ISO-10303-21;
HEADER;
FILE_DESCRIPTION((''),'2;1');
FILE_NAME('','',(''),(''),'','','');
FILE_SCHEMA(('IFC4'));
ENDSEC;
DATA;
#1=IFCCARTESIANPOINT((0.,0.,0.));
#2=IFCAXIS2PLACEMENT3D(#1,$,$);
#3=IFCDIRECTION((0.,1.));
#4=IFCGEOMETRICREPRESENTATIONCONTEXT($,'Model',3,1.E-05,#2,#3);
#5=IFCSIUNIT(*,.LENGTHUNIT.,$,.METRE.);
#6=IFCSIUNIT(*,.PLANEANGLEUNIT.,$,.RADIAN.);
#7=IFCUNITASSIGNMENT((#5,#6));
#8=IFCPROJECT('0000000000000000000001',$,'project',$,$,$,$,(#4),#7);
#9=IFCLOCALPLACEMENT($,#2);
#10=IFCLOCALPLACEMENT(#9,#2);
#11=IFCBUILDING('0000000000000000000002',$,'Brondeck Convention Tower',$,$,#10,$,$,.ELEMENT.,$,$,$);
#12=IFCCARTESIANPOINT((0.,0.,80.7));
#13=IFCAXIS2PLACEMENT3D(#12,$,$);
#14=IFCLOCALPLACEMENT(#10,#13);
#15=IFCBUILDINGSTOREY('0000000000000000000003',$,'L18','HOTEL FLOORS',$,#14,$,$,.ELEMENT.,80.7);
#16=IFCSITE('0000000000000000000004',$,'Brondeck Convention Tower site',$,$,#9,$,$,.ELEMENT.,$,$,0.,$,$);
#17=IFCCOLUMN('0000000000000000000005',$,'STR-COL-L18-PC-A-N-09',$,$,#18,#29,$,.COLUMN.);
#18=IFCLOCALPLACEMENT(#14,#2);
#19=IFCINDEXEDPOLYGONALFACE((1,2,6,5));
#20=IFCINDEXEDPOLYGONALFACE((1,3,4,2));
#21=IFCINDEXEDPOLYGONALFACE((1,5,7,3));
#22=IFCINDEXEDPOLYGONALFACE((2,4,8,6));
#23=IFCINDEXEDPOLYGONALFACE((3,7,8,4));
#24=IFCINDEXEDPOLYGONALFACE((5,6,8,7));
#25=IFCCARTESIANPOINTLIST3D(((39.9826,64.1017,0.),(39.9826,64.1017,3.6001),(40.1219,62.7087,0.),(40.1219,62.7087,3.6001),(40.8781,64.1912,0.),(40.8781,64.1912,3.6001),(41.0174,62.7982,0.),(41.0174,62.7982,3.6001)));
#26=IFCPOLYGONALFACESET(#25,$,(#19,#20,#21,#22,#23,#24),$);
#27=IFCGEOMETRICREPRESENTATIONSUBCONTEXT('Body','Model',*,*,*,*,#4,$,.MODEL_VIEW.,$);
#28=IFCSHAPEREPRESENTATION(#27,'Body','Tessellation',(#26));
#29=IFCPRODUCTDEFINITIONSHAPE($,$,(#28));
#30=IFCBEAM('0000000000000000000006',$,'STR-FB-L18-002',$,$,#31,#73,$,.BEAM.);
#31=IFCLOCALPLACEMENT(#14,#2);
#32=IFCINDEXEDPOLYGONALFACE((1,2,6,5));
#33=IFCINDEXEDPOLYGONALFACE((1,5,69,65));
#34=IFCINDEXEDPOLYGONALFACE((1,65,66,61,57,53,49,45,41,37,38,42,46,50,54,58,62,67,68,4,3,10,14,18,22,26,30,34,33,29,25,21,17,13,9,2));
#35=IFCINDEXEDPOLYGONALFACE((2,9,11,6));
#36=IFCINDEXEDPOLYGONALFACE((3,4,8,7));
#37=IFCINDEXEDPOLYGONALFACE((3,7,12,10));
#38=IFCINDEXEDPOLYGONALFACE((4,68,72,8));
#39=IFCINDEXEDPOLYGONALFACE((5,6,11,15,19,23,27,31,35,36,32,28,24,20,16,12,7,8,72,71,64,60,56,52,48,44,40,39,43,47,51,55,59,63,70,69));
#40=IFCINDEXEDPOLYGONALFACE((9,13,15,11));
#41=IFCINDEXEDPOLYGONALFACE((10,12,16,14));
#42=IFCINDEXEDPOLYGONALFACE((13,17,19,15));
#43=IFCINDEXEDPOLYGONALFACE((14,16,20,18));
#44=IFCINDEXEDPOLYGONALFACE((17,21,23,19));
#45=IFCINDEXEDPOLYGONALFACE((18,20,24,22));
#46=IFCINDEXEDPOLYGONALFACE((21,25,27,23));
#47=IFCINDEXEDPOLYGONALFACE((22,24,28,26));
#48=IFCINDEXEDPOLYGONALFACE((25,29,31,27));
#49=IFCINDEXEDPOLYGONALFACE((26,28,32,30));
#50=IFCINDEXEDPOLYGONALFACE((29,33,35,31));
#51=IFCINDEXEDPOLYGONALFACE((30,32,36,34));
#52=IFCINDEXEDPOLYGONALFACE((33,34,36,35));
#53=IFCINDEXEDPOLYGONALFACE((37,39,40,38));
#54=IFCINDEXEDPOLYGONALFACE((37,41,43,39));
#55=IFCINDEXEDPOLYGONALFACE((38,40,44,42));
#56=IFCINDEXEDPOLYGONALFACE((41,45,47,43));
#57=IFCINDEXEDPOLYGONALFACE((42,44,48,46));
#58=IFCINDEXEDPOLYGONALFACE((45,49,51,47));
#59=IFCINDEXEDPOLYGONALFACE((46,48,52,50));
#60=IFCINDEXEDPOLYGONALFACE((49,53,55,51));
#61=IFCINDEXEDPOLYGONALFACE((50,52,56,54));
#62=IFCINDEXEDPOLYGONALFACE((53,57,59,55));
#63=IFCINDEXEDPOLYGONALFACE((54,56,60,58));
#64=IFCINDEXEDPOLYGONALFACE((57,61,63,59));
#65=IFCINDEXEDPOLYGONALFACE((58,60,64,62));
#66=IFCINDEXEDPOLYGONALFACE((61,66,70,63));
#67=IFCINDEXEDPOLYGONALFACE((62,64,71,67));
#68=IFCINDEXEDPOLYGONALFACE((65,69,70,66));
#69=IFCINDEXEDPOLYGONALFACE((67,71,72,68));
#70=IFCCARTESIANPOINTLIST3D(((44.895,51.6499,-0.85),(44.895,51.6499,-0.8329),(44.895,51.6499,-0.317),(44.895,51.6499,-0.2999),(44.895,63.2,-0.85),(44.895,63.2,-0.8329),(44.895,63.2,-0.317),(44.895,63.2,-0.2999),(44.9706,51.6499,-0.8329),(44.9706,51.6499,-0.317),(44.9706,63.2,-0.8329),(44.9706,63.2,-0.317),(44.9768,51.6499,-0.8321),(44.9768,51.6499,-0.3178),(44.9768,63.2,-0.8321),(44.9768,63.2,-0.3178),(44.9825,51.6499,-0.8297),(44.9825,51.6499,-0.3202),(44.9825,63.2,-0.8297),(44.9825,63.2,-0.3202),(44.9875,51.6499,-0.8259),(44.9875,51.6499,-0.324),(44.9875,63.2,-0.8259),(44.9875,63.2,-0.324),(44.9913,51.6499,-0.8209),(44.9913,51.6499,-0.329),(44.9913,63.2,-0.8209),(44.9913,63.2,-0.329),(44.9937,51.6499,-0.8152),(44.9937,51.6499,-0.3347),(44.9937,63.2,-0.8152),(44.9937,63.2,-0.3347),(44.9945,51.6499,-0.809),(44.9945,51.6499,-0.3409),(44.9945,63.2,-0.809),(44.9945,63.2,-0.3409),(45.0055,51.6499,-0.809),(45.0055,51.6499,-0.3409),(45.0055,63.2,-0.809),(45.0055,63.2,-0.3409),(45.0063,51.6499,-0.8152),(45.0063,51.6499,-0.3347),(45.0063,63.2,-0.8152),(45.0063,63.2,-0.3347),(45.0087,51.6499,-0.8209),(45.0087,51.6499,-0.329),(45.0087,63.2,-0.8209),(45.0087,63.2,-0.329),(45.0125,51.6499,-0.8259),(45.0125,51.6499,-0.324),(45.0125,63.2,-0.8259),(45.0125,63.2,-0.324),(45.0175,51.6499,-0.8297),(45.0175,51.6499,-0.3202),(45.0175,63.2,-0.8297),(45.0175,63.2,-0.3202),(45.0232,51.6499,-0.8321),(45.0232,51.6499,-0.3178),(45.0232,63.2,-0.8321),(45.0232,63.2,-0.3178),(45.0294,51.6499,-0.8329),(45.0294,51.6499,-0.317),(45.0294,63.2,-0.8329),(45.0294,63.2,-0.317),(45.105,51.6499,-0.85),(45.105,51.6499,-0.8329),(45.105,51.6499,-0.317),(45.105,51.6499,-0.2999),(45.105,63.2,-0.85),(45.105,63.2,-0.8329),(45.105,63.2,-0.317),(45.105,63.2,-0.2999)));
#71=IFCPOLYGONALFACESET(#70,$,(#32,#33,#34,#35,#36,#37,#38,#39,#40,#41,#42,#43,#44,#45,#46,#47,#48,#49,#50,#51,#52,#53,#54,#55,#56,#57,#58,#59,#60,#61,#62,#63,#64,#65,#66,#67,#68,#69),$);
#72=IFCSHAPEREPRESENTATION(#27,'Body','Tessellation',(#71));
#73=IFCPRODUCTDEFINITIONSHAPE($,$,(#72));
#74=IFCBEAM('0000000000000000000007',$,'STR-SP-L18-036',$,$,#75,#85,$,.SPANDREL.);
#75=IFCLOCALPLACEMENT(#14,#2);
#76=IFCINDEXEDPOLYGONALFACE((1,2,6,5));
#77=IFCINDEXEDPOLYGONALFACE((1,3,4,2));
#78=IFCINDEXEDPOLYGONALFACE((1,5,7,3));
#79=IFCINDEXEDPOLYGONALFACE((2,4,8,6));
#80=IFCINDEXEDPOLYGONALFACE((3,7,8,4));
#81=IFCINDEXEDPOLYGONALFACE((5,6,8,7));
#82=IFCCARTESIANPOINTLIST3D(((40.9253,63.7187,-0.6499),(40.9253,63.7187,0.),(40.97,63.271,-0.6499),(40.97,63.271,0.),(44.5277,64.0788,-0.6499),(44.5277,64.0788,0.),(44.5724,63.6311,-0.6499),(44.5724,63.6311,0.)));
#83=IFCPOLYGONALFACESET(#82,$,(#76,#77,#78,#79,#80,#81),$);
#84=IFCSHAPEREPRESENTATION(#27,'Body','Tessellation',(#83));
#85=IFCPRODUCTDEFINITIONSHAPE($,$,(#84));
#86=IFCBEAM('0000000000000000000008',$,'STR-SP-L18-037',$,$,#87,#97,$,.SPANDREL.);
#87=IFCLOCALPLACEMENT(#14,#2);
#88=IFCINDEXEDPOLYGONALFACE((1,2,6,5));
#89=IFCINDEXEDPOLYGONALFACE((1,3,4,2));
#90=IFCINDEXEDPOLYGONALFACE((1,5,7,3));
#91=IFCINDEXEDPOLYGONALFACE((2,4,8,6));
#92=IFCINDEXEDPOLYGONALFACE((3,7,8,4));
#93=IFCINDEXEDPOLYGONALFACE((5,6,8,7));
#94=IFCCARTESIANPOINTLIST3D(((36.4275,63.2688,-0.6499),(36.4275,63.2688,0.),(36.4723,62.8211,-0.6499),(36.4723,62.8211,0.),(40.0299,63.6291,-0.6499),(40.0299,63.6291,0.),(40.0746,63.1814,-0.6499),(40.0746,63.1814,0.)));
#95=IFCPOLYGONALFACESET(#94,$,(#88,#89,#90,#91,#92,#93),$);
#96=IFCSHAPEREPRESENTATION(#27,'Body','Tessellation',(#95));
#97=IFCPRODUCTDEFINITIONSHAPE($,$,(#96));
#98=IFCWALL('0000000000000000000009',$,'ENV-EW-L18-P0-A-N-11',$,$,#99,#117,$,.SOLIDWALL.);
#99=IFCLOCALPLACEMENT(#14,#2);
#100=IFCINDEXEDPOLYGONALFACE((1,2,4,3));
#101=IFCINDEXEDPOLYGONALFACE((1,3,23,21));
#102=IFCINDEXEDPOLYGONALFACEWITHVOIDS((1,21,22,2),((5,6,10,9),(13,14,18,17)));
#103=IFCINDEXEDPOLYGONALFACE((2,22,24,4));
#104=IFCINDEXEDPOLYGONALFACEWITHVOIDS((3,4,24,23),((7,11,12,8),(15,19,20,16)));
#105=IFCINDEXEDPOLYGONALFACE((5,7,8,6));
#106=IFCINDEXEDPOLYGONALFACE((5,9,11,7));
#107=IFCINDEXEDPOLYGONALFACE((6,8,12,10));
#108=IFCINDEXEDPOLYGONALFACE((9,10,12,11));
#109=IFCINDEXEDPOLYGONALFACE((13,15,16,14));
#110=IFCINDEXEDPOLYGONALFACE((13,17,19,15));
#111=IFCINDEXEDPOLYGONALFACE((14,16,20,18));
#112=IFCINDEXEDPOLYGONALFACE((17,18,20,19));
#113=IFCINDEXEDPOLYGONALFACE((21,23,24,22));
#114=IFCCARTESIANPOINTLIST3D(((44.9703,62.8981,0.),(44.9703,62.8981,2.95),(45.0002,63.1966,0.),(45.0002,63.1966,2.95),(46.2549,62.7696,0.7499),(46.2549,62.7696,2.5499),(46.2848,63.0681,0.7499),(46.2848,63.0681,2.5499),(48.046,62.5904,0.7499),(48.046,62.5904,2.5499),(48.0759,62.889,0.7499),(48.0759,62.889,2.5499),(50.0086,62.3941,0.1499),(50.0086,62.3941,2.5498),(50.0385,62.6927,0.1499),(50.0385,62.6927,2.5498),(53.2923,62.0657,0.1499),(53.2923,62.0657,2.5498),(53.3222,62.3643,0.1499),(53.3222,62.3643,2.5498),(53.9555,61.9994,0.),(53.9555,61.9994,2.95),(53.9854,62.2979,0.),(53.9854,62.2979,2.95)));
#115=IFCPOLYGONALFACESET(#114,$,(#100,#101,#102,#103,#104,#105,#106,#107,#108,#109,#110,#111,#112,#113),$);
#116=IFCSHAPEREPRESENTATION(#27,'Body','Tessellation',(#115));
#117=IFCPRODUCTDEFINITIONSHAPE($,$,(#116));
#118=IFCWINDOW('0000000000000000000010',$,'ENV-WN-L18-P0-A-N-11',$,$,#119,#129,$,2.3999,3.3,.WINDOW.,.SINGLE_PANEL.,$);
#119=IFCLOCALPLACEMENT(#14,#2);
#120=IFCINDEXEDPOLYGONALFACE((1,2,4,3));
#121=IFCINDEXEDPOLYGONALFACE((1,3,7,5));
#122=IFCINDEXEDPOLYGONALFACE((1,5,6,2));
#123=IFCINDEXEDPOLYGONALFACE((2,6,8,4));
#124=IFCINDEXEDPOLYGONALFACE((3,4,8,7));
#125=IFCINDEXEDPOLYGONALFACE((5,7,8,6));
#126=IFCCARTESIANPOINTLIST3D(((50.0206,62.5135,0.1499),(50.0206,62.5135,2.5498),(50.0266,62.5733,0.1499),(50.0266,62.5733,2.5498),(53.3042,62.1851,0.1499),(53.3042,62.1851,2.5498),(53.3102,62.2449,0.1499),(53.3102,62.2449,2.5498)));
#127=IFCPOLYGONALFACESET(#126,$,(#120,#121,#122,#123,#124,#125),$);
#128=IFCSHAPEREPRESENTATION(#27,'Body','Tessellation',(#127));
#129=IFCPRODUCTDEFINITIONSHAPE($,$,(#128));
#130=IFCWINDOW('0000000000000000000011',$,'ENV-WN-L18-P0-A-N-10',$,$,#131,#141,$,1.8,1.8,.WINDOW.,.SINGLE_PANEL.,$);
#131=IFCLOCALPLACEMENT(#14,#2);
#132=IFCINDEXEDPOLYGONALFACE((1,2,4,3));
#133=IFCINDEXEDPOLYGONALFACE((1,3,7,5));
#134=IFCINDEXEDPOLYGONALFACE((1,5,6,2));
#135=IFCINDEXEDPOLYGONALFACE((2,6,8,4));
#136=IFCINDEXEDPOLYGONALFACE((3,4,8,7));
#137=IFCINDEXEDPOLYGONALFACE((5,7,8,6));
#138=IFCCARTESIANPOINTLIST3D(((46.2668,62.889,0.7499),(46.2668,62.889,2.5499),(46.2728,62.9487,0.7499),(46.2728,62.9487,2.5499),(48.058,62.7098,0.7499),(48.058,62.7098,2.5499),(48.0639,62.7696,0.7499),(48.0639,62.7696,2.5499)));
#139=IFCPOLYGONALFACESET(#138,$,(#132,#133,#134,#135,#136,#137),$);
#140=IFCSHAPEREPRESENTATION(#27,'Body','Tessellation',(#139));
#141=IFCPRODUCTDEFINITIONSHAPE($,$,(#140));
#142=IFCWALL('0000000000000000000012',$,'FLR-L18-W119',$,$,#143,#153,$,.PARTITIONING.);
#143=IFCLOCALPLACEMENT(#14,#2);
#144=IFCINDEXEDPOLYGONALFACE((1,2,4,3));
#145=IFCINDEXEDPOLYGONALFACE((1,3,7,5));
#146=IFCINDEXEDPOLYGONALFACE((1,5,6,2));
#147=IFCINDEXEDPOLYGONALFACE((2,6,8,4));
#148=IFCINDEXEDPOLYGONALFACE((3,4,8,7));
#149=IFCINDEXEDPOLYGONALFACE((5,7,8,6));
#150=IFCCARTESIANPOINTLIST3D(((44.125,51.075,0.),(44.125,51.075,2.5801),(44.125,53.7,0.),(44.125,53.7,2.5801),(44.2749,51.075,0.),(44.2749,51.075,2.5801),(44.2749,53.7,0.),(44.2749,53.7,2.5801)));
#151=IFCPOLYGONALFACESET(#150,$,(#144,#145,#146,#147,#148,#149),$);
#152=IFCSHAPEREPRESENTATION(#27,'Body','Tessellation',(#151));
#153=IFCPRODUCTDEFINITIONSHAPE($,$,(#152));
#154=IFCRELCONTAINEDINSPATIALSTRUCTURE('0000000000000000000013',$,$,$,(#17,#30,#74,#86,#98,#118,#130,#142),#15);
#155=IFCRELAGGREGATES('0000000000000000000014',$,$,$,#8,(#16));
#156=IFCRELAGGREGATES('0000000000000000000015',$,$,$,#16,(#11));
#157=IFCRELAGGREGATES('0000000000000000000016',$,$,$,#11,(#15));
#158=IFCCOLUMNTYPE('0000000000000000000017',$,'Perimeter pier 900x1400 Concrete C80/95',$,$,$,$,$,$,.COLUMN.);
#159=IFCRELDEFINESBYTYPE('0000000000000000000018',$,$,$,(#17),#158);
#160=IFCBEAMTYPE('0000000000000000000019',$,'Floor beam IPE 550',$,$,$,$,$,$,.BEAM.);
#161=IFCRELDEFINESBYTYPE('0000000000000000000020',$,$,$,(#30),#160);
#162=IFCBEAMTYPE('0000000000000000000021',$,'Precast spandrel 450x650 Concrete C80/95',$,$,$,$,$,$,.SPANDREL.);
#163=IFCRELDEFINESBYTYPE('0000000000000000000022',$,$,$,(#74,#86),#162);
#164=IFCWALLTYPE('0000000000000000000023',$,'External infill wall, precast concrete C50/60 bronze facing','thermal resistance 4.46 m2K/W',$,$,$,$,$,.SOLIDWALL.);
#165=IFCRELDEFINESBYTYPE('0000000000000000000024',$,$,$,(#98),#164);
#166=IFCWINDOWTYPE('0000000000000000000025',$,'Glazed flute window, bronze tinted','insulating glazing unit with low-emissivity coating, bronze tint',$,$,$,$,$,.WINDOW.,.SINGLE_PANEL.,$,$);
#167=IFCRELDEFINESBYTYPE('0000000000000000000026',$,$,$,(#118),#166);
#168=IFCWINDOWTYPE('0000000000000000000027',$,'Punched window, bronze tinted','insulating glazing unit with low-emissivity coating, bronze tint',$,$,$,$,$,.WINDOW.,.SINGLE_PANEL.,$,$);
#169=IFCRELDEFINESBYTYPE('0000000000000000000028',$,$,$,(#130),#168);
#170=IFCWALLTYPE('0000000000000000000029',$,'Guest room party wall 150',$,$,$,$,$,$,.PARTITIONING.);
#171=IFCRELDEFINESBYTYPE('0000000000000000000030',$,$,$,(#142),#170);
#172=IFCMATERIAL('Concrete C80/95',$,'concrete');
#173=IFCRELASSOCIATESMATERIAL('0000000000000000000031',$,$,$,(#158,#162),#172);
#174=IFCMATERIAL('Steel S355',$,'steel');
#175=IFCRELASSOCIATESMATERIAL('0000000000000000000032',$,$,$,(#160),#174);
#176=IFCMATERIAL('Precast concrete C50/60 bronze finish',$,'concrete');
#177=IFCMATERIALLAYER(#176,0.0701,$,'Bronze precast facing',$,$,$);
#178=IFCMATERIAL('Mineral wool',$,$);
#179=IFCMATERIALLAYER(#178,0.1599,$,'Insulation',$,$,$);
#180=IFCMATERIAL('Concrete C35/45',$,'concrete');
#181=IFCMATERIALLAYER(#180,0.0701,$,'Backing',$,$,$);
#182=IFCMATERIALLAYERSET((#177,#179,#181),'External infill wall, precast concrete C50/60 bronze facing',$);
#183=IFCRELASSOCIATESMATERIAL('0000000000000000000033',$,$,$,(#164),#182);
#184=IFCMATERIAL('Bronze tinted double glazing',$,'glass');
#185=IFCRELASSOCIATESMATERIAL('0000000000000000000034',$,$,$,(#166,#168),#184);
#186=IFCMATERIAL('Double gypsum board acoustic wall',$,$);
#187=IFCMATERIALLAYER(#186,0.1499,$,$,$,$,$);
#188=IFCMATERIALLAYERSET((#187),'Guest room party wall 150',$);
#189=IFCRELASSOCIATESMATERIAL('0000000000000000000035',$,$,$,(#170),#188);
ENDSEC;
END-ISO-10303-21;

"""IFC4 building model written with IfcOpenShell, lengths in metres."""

from ifc_helpers import new_model, si_unit, direction, frame, frame_2d, origin, origin_2d, place, context, subcontext, project, spatial, rectangle, i_section, extrude, material, layer, layer_set, material_profile, profile_set, type_object, element, fill, save


model = new_model("IFC4")

# Units and contexts
model_context = context("Model", 3, precision=1e-05, world=origin(), true_north=direction((0.0, 1.0)))
body_context = subcontext(model_context, "Body", "Model", "MODEL_VIEW")
ifc_project = project(units=[si_unit("LENGTHUNIT", "METRE"), si_unit("PLANEANGLEUNIT", "RADIAN")], contexts=[model_context])

# Site, building, storey
site_placement = place(None, origin())
site = spatial("IfcSite", under=ifc_project, at=site_placement, Name="Brondeck Convention Tower site", CompositionType="ELEMENT", RefElevation=0.0)
building_placement = place(site_placement, origin())
building = spatial("IfcBuilding", under=site, at=building_placement, Name="Brondeck Convention Tower", CompositionType="ELEMENT")
storey_placement = place(building_placement, frame((0.0, 0.0, 80.7)))
storey = spatial("IfcBuildingStorey", under=building, at=storey_placement, Name="L18", Description="HOTEL FLOORS", CompositionType="ELEMENT", Elevation=80.7)

# Column
ifc_material_1 = material(Name="Concrete C80/95", Category="concrete")
ifc_material_profile_1 = material_profile(ifc_material_1, rectangle(XDim=0.8999, YDim=1.3999, at=origin_2d()), Name="Perimeter pier 900x1400 Concrete C80/95")
ifc_profile_set_1 = profile_set([ifc_material_profile_1], Name="Concrete C80/95")
column_type = type_object("IfcColumnType", Name="Perimeter pier 900x1400 Concrete C80/95", PredefinedType="COLUMN", material=ifc_profile_set_1)
column_placement = place(storey_placement, frame((40.5, 63.45, 0.0), z_axis=(0.0, 0.0, 1.0), x_axis=(-0.995037, -0.099504, 0.0)))
element("IfcColumn", 1, at=column_placement, inside=storey, type_object=column_type, Name="STR-COL-L18-PC-A-N-09", PredefinedType="COLUMN", context=body_context, shape_type="SweptSolid", body=[
    extrude(rectangle(XDim=0.8999, YDim=1.3999, at=origin_2d()), origin(), (0.0, 0.0, 1.0), 3.6001),
])

# Beams
ifc_material_2 = material(Name="Steel S355", Category="steel")
ifc_material_profile_2 = material_profile(ifc_material_2, i_section(OverallWidth=0.21, OverallDepth=0.55, WebThickness=0.011, FlangeThickness=0.0171, FilletRadius=0.0239, at=origin_2d()), Name="IPE 550")
ifc_profile_set_2 = profile_set([ifc_material_profile_2], Name="Steel S355")
beam_type_1 = type_object("IfcBeamType", Name="Floor beam IPE 550", PredefinedType="BEAM", material=ifc_profile_set_2)
beam_placement = place(storey_placement, frame((45.0, 51.6499, -0.575), z_axis=(0.0, 1.0, 0.0), x_axis=(-1.0, 0.0, 0.0)))
element("IfcBeam", 2, at=beam_placement, inside=storey, type_object=beam_type_1, Name="STR-FB-L18-002", PredefinedType="BEAM", context=body_context, shape_type="SweptSolid", body=[
    extrude(i_section(OverallWidth=0.21, OverallDepth=0.55, WebThickness=0.011, FlangeThickness=0.0171, FilletRadius=0.0239, at=origin_2d()), origin(), (0.0, 0.0, 1.0), 11.55),
])
ifc_material_profile_3 = material_profile(ifc_material_1, rectangle(XDim=0.45, YDim=0.6499, at=origin_2d()), Name="Precast spandrel 450x650 Concrete C80/95")
ifc_profile_set_3 = profile_set([ifc_material_profile_3], Name="Concrete C80/95")
beam_type_2 = type_object("IfcBeamType", Name="Precast spandrel 450x650 Concrete C80/95", PredefinedType="SPANDREL", material=ifc_profile_set_3)
for number, where, z_axis, x_axis, name in (
    (3, (44.55, 63.855, -0.325), (-0.995041, -0.09947, 0.0), (0.09947, -0.995041, 0.0), "STR-SP-L18-036"),
    (4, (40.0522, 63.4053, -0.325), (-0.995034, -0.099537, 0.0), (0.099537, -0.995034, 0.0), "STR-SP-L18-037"),
):
    element("IfcBeam", number, at=place(storey_placement, frame(where, z_axis=z_axis, x_axis=x_axis)), inside=storey, type_object=beam_type_2, Name=name, PredefinedType="SPANDREL", context=body_context, shape_type="SweptSolid", body=[
        extrude(rectangle(XDim=0.45, YDim=0.6499, at=origin_2d()), origin(), (0.0, 0.0, 1.0), 3.6204),
    ])

# Wall, openings, windows
ifc_material_3 = material(Name="Precast concrete C50/60 bronze finish", Category="concrete")
ifc_layer_1 = layer(ifc_material_3, 0.0701, Name="Bronze precast facing")
ifc_material_4 = material(Name="Mineral wool")
ifc_layer_2 = layer(ifc_material_4, 0.1599, Name="Insulation")
ifc_material_5 = material(Name="Concrete C35/45", Category="concrete")
ifc_layer_3 = layer(ifc_material_5, 0.0701, Name="Backing")
ifc_layer_set_1 = layer_set([ifc_layer_1, ifc_layer_2, ifc_layer_3], Name="External infill wall, precast concrete C50/60 bronze facing")
wall_type_1 = type_object("IfcWallType", Name="External infill wall, precast concrete C50/60 bronze facing", Description="thermal resistance 4.46 m2K/W", PredefinedType="SOLIDWALL", material=ifc_layer_set_1)
wall_1_placement = place(storey_placement, frame((44.9851, 63.0474, 0.0), z_axis=(0.0, 0.0, 1.0), x_axis=(0.995035, -0.099522, 0.0)))
wall_1 = element("IfcWall", 5, at=wall_1_placement, inside=storey, type_object=wall_type_1, Name="ENV-EW-L18-P0-A-N-11", PredefinedType="SOLIDWALL", context=body_context, shape_type="SweptSolid", body=[
    extrude(rectangle(XDim=9.03, YDim=0.3, at=frame_2d((4.5151, 0.0))), origin(), (0.0, 0.0, 1.0), 2.95),
])
opening_1_placement = place(wall_1_placement, frame((1.2913, 0.0, 0.75)))
opening_1 = element("IfcOpeningElement", 6, at=opening_1_placement, cuts=wall_1, PredefinedType="OPENING", context=body_context, shape_type="SweptSolid", body=[
    extrude(rectangle(XDim=1.8, YDim=1.8, at=frame_2d((0.8999, 0.8999))), frame((0.0, 0.1599, 0.0), z_axis=(0.0, -1.0, 0.0), x_axis=(1.0, 0.0, 0.0)), (0.0, 0.0, 1.0), 0.3201),
])
opening_2_placement = place(wall_1_placement, frame((5.0637, 0.0, 0.1499)))
opening_2 = element("IfcOpeningElement", 7, at=opening_2_placement, cuts=wall_1, PredefinedType="OPENING", context=body_context, shape_type="SweptSolid", body=[
    extrude(rectangle(XDim=3.3, YDim=2.3999, at=frame_2d((1.6499, 1.2))), frame((0.0, 0.1599, 0.0), z_axis=(0.0, -1.0, 0.0), x_axis=(1.0, 0.0, 0.0)), (0.0, 0.0, 1.0), 0.3201),
])
ifc_material_6 = material(Name="Bronze tinted double glazing", Category="glass")
window_type_1 = type_object("IfcWindowType", Name="Glazed flute window, bronze tinted", Description="insulating glazing unit with low-emissivity coating, bronze tint", PartitioningType="SINGLE_PANEL", PredefinedType="WINDOW", material=ifc_material_6)
window_1_placement = place(opening_2_placement, origin())
window_1 = element("IfcWindow", 8, at=window_1_placement, inside=storey, type_object=window_type_1, Name="ENV-WN-L18-P0-A-N-11", OverallHeight=2.3999, OverallWidth=3.3, PartitioningType="SINGLE_PANEL", PredefinedType="WINDOW", context=body_context, shape_type="SweptSolid", body=[
    extrude(rectangle(XDim=3.3, YDim=2.3999, at=frame_2d((1.6499, 1.2))), frame((0.0, 0.03, 0.0), z_axis=(0.0, -1.0, 0.0), x_axis=(1.0, 0.0, 0.0)), (0.0, 0.0, 1.0), 0.0601),
])
fill(opening_2, window_1)
window_type_2 = type_object("IfcWindowType", Name="Punched window, bronze tinted", Description="insulating glazing unit with low-emissivity coating, bronze tint", PartitioningType="SINGLE_PANEL", PredefinedType="WINDOW", material=ifc_material_6)
window_2_placement = place(opening_1_placement, origin())
window_2 = element("IfcWindow", 9, at=window_2_placement, inside=storey, type_object=window_type_2, Name="ENV-WN-L18-P0-A-N-10", OverallHeight=1.8, OverallWidth=1.8, PartitioningType="SINGLE_PANEL", PredefinedType="WINDOW", context=body_context, shape_type="SweptSolid", body=[
    extrude(rectangle(XDim=1.8, YDim=1.8, at=frame_2d((0.8999, 0.8999))), frame((0.0, 0.03, 0.0), z_axis=(0.0, -1.0, 0.0), x_axis=(1.0, 0.0, 0.0)), (0.0, 0.0, 1.0), 0.0601),
])
fill(opening_1, window_2)

# Wall
ifc_material_7 = material(Name="Double gypsum board acoustic wall")
ifc_layer_4 = layer(ifc_material_7, 0.1499)
ifc_layer_set_2 = layer_set([ifc_layer_4], Name="Guest room party wall 150")
wall_type_2 = type_object("IfcWallType", Name="Guest room party wall 150", PredefinedType="PARTITIONING", material=ifc_layer_set_2)
wall_2_placement = place(storey_placement, frame((44.2, 53.7, 0.0), z_axis=(0.0, 0.0, 1.0), x_axis=(0.0, -1.0, 0.0)))
element("IfcWall", 10, at=wall_2_placement, inside=storey, type_object=wall_type_2, Name="FLR-L18-W119", PredefinedType="PARTITIONING", context=body_context, shape_type="SweptSolid", body=[
    extrude(rectangle(XDim=2.625, YDim=0.1499, at=frame_2d((1.3125, 0.0))), origin(), (0.0, 0.0, 1.0), 2.5801),
])

save(model, "model.ifc")
